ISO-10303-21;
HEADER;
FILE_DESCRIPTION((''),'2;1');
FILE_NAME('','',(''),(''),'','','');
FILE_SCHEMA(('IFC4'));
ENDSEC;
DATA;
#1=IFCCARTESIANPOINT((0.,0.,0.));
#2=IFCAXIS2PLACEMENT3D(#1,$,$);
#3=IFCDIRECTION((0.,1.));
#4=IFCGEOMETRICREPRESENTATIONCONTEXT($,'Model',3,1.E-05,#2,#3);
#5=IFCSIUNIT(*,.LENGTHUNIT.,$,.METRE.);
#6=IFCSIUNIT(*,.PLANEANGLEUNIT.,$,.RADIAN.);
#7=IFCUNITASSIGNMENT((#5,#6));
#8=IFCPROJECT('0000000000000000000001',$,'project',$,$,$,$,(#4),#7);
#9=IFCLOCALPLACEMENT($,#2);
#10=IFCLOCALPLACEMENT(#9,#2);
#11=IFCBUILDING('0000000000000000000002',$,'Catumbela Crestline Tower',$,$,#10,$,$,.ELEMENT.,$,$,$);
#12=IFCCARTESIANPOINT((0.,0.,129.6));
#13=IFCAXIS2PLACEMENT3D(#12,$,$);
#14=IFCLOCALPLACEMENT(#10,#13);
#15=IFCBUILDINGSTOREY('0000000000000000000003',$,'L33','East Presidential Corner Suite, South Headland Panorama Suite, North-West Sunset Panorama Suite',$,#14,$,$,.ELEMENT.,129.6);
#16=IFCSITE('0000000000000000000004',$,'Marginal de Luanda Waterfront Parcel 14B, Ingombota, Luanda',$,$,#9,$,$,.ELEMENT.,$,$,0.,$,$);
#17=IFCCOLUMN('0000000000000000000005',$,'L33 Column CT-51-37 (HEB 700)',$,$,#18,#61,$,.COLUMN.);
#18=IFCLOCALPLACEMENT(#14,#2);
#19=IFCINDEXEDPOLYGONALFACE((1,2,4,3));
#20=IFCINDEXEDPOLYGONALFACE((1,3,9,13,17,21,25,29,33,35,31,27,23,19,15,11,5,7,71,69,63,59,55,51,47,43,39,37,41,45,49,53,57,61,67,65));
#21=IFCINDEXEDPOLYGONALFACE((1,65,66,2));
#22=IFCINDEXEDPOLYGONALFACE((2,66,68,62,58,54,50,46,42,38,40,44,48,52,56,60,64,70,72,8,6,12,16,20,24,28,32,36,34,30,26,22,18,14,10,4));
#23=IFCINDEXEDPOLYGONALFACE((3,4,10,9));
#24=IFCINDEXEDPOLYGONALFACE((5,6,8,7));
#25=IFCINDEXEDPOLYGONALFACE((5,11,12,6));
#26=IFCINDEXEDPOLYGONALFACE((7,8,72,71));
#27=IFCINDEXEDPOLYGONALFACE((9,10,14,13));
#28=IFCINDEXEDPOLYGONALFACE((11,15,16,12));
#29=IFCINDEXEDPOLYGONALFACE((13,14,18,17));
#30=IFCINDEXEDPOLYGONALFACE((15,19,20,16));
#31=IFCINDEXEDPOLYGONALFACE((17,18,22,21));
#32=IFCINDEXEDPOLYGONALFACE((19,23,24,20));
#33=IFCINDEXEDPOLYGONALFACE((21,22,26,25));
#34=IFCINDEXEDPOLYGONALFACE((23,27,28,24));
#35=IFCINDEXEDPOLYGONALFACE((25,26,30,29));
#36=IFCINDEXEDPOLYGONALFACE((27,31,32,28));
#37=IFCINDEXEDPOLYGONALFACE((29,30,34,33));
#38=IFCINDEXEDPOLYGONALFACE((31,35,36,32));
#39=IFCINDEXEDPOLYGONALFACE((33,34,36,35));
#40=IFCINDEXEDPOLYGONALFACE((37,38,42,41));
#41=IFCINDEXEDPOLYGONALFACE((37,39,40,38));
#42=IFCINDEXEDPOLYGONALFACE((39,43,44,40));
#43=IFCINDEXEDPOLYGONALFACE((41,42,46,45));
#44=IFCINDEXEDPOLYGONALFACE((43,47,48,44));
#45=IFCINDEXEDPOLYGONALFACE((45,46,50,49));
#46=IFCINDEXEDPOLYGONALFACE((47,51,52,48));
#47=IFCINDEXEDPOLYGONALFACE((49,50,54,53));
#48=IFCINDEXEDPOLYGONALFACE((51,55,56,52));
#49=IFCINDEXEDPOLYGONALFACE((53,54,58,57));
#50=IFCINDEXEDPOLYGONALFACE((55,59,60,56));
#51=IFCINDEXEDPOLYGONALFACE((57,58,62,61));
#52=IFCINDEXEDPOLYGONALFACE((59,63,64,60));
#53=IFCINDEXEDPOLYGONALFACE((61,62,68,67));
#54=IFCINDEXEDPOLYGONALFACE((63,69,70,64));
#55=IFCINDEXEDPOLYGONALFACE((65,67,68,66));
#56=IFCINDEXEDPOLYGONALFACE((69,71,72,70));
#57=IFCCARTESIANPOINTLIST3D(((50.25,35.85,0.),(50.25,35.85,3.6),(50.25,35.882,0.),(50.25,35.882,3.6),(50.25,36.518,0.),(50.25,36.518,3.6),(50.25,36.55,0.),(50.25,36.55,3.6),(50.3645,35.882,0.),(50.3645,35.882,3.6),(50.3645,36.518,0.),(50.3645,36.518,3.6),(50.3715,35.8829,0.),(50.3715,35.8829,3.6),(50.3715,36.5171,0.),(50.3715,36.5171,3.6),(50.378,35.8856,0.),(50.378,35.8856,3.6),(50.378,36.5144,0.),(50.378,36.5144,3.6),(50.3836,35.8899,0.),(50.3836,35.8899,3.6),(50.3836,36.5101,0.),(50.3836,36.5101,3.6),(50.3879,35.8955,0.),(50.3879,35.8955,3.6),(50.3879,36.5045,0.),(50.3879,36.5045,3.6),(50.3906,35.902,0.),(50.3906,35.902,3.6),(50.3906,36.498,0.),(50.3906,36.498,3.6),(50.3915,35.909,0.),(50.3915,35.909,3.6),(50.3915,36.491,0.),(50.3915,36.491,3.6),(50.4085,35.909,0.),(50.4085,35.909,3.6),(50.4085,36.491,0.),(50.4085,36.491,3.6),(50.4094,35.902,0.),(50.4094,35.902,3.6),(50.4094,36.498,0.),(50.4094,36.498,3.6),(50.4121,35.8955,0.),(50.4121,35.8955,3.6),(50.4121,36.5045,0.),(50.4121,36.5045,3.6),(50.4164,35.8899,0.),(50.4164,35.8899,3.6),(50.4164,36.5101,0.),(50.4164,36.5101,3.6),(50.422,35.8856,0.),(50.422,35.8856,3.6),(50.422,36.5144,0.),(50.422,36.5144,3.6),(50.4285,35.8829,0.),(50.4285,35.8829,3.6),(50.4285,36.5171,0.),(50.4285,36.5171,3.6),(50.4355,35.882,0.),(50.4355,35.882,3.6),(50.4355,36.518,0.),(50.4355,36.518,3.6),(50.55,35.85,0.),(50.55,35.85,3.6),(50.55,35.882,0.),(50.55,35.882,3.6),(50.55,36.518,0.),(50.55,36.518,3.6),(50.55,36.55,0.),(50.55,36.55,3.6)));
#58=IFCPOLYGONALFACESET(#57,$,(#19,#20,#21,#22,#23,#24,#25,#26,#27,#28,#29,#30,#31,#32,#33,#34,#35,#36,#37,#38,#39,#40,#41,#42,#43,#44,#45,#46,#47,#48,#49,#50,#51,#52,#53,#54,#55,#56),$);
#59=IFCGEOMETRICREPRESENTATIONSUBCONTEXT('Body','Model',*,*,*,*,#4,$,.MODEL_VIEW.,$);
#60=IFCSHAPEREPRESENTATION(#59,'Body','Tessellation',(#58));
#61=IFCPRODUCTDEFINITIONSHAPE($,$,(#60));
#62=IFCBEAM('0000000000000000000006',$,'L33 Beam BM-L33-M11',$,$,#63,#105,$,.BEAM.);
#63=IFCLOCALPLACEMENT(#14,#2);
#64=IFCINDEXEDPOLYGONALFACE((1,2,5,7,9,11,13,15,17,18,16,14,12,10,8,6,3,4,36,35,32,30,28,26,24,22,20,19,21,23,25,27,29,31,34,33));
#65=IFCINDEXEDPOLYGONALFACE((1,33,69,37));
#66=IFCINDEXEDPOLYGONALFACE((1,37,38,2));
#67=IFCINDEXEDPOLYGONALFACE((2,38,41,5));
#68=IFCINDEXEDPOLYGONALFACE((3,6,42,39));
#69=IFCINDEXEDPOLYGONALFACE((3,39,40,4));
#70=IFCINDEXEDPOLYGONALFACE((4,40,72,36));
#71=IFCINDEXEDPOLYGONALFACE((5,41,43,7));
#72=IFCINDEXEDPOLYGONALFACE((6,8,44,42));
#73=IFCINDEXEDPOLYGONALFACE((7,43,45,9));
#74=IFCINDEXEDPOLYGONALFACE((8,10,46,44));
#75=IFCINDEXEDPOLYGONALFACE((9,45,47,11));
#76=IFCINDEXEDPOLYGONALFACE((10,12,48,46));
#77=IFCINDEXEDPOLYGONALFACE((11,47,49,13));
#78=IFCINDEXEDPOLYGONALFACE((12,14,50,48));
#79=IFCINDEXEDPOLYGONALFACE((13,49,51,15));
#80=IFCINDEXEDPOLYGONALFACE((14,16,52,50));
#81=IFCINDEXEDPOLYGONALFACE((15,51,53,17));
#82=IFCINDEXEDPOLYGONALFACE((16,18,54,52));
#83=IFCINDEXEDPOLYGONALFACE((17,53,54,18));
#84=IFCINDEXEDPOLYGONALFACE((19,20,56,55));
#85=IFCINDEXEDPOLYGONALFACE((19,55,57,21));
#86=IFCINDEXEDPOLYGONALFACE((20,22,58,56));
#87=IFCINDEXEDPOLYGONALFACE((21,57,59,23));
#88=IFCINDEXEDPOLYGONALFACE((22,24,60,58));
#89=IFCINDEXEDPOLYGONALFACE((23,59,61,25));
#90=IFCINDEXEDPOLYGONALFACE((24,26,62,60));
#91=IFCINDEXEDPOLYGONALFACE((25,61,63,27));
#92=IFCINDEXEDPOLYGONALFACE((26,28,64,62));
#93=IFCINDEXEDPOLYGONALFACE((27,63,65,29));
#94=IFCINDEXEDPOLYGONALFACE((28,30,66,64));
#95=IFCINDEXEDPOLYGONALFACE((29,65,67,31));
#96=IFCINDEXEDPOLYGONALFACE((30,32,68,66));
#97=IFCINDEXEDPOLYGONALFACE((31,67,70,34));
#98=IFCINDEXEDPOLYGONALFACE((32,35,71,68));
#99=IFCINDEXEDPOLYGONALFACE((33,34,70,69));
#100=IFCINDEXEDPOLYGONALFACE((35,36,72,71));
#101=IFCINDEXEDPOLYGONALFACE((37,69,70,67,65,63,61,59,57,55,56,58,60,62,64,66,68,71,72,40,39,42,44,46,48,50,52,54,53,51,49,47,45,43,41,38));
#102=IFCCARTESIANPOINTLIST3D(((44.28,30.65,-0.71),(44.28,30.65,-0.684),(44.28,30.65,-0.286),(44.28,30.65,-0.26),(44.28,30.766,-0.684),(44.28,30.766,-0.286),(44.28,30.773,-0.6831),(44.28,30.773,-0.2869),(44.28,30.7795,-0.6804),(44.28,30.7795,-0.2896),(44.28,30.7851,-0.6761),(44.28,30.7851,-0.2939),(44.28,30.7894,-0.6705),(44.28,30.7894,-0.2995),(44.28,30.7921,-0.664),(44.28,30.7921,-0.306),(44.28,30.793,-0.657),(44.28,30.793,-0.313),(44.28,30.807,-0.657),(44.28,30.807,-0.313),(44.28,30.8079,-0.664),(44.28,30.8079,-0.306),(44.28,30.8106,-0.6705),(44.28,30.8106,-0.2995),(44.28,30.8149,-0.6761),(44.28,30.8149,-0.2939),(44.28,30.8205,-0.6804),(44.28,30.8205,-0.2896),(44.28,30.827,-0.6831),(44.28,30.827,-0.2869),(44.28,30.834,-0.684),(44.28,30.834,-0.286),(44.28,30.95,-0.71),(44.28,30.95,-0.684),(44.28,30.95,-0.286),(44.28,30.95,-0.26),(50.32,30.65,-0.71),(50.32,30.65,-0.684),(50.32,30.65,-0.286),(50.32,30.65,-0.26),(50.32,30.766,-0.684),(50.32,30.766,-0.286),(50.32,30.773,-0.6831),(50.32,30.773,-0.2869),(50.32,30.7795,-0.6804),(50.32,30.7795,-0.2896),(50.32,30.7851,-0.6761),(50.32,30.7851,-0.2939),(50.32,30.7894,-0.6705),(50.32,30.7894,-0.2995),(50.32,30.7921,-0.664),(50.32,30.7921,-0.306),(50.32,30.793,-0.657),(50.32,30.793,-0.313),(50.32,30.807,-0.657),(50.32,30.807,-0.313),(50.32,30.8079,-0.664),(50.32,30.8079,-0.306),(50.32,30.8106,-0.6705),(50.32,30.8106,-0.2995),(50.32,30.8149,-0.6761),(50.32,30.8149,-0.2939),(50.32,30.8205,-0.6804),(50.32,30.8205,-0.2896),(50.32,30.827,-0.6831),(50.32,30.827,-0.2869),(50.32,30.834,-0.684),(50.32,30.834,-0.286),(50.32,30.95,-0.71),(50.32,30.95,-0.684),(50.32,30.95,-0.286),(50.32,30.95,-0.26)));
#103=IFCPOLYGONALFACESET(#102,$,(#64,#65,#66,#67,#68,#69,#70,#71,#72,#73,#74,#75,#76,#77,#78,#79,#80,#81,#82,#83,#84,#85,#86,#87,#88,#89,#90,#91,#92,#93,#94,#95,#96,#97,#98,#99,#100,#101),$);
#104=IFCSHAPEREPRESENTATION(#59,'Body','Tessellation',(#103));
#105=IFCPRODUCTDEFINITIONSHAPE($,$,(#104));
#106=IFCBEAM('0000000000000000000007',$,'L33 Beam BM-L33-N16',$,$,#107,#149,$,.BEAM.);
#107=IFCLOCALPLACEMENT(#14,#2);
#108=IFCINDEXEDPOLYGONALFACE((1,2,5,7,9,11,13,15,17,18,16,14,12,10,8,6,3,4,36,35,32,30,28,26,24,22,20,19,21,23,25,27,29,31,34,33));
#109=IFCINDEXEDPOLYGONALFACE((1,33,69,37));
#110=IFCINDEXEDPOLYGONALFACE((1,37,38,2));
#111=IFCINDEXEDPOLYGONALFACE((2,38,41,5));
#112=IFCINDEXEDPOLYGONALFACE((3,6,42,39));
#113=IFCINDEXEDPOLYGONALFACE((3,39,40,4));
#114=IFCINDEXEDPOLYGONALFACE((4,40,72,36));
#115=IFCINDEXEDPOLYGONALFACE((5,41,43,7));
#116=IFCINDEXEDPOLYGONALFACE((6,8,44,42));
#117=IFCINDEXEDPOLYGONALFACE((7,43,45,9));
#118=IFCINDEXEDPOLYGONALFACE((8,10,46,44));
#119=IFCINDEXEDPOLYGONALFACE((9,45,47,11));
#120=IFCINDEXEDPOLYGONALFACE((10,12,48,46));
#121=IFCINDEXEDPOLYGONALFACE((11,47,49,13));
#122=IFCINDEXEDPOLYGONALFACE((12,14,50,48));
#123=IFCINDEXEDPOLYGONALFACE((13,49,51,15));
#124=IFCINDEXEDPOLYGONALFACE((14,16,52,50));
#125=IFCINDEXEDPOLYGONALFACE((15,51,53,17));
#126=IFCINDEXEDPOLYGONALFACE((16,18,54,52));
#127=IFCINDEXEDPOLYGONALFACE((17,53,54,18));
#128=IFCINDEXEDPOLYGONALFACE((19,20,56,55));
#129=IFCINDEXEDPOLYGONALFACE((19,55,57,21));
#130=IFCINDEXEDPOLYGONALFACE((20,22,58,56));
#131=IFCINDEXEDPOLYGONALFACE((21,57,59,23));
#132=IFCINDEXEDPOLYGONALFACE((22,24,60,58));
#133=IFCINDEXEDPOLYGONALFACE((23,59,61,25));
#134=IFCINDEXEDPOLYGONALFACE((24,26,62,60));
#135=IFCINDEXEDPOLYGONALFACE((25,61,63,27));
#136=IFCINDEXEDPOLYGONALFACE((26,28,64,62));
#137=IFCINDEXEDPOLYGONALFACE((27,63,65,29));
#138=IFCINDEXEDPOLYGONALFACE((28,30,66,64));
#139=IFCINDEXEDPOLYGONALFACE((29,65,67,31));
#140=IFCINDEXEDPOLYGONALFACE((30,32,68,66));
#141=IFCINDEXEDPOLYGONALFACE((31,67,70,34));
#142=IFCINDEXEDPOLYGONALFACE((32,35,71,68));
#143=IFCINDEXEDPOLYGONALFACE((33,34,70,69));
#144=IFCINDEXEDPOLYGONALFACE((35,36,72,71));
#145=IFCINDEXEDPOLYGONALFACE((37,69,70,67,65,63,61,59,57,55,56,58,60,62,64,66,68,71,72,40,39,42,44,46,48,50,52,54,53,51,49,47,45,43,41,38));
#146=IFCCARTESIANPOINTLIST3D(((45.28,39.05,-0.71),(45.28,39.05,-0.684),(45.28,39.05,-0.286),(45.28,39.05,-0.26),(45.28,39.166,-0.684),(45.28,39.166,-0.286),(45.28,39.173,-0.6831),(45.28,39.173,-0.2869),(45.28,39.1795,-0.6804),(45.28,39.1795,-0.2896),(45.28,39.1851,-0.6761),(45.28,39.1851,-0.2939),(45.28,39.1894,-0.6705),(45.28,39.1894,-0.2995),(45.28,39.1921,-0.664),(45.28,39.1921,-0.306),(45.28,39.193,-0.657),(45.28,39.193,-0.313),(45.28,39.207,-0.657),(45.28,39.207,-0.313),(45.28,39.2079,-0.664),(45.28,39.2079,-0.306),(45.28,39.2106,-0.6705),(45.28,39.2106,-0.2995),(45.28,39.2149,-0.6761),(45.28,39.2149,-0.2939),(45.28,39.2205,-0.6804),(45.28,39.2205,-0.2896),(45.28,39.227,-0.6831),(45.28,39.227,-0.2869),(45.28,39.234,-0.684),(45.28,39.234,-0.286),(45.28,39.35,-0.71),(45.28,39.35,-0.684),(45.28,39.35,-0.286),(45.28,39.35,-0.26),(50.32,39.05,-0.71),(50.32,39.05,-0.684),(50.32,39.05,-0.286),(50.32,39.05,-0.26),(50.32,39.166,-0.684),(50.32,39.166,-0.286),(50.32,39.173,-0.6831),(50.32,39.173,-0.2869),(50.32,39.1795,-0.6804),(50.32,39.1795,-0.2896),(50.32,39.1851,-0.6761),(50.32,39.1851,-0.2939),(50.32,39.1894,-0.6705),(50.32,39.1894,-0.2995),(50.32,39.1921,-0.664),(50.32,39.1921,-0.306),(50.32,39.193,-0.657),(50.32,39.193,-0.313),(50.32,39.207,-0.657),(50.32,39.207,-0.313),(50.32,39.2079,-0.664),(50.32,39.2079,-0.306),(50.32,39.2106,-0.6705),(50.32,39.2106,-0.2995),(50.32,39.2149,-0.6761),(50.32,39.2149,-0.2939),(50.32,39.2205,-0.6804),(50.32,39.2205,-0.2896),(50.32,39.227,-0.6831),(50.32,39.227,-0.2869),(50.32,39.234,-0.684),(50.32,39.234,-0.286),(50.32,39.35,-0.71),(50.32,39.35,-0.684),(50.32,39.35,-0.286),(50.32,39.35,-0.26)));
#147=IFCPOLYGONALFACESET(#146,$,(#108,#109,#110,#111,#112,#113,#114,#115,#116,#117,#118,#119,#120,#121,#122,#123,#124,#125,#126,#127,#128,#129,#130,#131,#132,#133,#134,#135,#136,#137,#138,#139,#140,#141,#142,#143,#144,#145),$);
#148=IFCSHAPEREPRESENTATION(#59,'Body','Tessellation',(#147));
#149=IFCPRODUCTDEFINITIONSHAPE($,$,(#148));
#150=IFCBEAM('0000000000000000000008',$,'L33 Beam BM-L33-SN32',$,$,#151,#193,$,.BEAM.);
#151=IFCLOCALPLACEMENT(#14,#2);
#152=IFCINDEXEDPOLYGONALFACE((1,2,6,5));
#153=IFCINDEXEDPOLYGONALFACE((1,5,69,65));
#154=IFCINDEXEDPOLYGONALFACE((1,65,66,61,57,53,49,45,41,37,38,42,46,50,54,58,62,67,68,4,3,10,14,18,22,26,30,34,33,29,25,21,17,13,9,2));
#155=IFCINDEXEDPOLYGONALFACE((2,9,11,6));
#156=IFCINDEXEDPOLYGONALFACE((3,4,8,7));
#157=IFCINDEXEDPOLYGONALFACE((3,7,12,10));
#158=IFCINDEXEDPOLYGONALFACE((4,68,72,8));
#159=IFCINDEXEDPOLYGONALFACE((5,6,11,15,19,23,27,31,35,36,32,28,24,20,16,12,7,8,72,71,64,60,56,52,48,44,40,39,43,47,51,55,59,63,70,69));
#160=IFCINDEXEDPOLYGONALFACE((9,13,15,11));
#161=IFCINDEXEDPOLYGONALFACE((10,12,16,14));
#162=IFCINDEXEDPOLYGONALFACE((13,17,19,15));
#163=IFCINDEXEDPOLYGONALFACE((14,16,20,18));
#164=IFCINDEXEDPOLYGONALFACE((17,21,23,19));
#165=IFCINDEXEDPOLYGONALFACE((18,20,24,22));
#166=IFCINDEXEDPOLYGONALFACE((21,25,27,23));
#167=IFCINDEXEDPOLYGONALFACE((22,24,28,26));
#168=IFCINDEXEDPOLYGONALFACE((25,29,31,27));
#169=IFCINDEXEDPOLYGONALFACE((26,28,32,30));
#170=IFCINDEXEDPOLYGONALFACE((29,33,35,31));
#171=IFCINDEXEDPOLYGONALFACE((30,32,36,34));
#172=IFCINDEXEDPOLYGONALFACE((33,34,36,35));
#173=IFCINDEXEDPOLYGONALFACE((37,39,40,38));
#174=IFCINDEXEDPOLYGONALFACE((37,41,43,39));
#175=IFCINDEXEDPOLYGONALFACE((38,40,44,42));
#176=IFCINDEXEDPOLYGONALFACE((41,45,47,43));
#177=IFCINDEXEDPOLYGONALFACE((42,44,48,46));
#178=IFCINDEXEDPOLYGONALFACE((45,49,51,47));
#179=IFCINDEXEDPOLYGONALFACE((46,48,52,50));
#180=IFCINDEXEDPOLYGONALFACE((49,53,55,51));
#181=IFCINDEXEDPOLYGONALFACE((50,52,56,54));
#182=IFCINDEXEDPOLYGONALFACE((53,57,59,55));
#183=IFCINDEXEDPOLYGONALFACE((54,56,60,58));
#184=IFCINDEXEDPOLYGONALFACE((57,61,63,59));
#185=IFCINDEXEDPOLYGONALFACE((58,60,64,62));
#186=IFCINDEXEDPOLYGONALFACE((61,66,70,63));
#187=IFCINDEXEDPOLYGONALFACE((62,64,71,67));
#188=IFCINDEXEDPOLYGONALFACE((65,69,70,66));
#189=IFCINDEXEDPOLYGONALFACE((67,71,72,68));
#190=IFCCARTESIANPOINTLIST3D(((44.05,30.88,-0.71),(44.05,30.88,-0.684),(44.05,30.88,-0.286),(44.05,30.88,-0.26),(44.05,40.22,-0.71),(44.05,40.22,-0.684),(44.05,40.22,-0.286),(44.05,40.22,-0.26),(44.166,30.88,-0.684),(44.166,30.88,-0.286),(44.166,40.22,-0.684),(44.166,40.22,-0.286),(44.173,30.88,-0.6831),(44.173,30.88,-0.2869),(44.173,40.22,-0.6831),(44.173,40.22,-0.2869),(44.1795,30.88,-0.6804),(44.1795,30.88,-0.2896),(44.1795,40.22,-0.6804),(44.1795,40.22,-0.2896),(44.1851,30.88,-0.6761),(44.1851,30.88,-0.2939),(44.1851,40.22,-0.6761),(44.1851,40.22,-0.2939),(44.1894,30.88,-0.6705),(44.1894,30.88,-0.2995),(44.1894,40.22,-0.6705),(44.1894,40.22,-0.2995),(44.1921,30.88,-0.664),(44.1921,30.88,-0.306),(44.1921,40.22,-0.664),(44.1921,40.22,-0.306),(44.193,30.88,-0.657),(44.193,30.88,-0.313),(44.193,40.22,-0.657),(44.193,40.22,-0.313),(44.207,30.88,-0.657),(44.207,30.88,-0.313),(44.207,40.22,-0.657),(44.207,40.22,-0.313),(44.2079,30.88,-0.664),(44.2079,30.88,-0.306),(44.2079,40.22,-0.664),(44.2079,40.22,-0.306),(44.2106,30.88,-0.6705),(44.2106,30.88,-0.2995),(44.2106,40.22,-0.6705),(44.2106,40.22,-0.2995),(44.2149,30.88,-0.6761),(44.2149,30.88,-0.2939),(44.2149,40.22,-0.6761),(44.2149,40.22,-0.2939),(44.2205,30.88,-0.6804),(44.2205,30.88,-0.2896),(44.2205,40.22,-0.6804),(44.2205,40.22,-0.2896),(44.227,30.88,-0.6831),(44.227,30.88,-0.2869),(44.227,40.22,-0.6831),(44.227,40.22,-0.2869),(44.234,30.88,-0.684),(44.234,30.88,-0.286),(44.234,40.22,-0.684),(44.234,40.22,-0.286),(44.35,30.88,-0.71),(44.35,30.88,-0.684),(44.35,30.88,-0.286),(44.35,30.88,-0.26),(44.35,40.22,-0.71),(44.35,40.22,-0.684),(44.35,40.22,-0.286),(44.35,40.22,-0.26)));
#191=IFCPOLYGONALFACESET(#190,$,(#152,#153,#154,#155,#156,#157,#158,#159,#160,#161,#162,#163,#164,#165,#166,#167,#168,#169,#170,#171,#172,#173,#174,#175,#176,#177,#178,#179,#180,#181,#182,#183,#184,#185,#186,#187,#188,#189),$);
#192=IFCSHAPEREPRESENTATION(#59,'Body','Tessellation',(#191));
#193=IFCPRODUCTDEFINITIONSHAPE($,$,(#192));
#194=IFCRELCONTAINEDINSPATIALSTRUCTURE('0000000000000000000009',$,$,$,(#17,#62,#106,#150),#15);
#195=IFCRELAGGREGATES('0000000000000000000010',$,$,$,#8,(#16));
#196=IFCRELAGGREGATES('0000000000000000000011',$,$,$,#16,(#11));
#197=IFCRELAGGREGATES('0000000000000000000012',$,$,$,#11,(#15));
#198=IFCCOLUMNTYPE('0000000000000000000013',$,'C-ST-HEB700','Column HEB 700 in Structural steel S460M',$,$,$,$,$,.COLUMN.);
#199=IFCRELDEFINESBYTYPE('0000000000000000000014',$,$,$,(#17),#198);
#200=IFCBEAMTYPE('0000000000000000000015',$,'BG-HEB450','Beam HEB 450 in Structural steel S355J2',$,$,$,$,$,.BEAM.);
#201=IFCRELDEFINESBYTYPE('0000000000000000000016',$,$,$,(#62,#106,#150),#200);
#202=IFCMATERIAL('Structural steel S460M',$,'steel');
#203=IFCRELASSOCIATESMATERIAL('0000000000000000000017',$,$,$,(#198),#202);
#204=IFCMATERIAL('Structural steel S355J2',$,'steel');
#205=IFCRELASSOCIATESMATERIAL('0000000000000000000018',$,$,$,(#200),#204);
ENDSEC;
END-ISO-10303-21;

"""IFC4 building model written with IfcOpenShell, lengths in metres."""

from ifc_helpers import new_model, si_unit, direction, frame, origin, origin_2d, place, context, subcontext, project, spatial, i_section, extrude, material, material_profile, profile_set, type_object, element, save


model = new_model("IFC4")

# Units and contexts
model_context = context("Model", 3, precision=1e-05, world=origin(), true_north=direction((0.0, 1.0)))
body_context = subcontext(model_context, "Body", "Model", "MODEL_VIEW")
ifc_project = project(units=[si_unit("LENGTHUNIT", "METRE"), si_unit("PLANEANGLEUNIT", "RADIAN")], contexts=[model_context])

# Site, building, storey
site_placement = place(None, origin())
site = spatial("IfcSite", under=ifc_project, at=site_placement, Name="Marginal de Luanda Waterfront Parcel 14B, Ingombota, Luanda", CompositionType="ELEMENT", RefElevation=0.0)
building_placement = place(site_placement, origin())
building = spatial("IfcBuilding", under=site, at=building_placement, Name="Catumbela Crestline Tower", CompositionType="ELEMENT")
storey_placement = place(building_placement, frame((0.0, 0.0, 129.6)))
storey = spatial("IfcBuildingStorey", under=building, at=storey_placement, Name="L33", Description="East Presidential Corner Suite, South Headland Panorama Suite, North-West Sunset Panorama Suite", CompositionType="ELEMENT", Elevation=129.6)

# Column
ifc_material_1 = material(Name="Structural steel S460M", Category="steel")
ifc_material_profile_1 = material_profile(ifc_material_1, i_section(OverallWidth=0.3, OverallDepth=0.7, WebThickness=0.017, FlangeThickness=0.032, FilletRadius=0.027, at=origin_2d()), Name="HEB 700")
ifc_profile_set_1 = profile_set([ifc_material_profile_1], Name="Structural steel S460M")
column_type_1 = type_object("IfcColumnType", Name="C-ST-HEB700", Description="Column HEB 700 in Structural steel S460M", PredefinedType="COLUMN", material=ifc_profile_set_1)
for number, where, z_axis, x_axis, name in (
    (1, (50.4, 36.2, 0.0), (0.0, 0.0, 1.0), (1.0, 0.0, 0.0), "L33 Column CT-51-37 (HEB 700)"),
):
    element("IfcColumn", number, at=place(storey_placement, frame(where, z_axis=z_axis, x_axis=x_axis)), inside=storey, type_object=column_type_1, Name=name, PredefinedType="COLUMN", context=body_context, shape_type="SweptSolid", body=[
        extrude(i_section(OverallWidth=0.3, OverallDepth=0.7, WebThickness=0.017, FlangeThickness=0.032, FilletRadius=0.027, at=origin_2d()), origin(), (0.0, 0.0, 1.0), 3.6),
    ])

# Beams
ifc_material_2 = material(Name="Structural steel S355J2", Category="steel")
ifc_material_profile_2 = material_profile(ifc_material_2, i_section(OverallWidth=0.3, OverallDepth=0.45, WebThickness=0.014, FlangeThickness=0.026, FilletRadius=0.027, at=origin_2d()), Name="HEB 450")
ifc_profile_set_2 = profile_set([ifc_material_profile_2], Name="Structural steel S355J2")
beam_type_1 = type_object("IfcBeamType", Name="BG-HEB450", Description="Beam HEB 450 in Structural steel S355J2", PredefinedType="BEAM", material=ifc_profile_set_2)
beam_1_placement = place(storey_placement, frame((44.28, 30.8, -0.485), z_axis=(1.0, 0.0, 0.0), x_axis=(0.0, 1.0, 0.0)))
element("IfcBeam", 2, at=beam_1_placement, inside=storey, type_object=beam_type_1, Name="L33 Beam BM-L33-M11", PredefinedType="BEAM", context=body_context, shape_type="SweptSolid", body=[
    extrude(i_section(OverallWidth=0.3, OverallDepth=0.45, WebThickness=0.014, FlangeThickness=0.026, FilletRadius=0.027, at=origin_2d()), origin(), (0.0, 0.0, 1.0), 6.04),
])
beam_2_placement = place(storey_placement, frame((45.28, 39.2, -0.485), z_axis=(1.0, 0.0, 0.0), x_axis=(0.0, 1.0, 0.0)))
element("IfcBeam", 3, at=beam_2_placement, inside=storey, type_object=beam_type_1, Name="L33 Beam BM-L33-N16", PredefinedType="BEAM", context=body_context, shape_type="SweptSolid", body=[
    extrude(i_section(OverallWidth=0.3, OverallDepth=0.45, WebThickness=0.014, FlangeThickness=0.026, FilletRadius=0.027, at=origin_2d()), origin(), (0.0, 0.0, 1.0), 5.04),
])
beam_3_placement = place(storey_placement, frame((44.2, 30.88, -0.485), z_axis=(0.0, 1.0, 0.0), x_axis=(-1.0, 0.0, 0.0)))
element("IfcBeam", 4, at=beam_3_placement, inside=storey, type_object=beam_type_1, Name="L33 Beam BM-L33-SN32", PredefinedType="BEAM", context=body_context, shape_type="SweptSolid", body=[
    extrude(i_section(OverallWidth=0.3, OverallDepth=0.45, WebThickness=0.014, FlangeThickness=0.026, FilletRadius=0.027, at=origin_2d()), origin(), (0.0, 0.0, 1.0), 9.34),
])

save(model, "model.ifc")
